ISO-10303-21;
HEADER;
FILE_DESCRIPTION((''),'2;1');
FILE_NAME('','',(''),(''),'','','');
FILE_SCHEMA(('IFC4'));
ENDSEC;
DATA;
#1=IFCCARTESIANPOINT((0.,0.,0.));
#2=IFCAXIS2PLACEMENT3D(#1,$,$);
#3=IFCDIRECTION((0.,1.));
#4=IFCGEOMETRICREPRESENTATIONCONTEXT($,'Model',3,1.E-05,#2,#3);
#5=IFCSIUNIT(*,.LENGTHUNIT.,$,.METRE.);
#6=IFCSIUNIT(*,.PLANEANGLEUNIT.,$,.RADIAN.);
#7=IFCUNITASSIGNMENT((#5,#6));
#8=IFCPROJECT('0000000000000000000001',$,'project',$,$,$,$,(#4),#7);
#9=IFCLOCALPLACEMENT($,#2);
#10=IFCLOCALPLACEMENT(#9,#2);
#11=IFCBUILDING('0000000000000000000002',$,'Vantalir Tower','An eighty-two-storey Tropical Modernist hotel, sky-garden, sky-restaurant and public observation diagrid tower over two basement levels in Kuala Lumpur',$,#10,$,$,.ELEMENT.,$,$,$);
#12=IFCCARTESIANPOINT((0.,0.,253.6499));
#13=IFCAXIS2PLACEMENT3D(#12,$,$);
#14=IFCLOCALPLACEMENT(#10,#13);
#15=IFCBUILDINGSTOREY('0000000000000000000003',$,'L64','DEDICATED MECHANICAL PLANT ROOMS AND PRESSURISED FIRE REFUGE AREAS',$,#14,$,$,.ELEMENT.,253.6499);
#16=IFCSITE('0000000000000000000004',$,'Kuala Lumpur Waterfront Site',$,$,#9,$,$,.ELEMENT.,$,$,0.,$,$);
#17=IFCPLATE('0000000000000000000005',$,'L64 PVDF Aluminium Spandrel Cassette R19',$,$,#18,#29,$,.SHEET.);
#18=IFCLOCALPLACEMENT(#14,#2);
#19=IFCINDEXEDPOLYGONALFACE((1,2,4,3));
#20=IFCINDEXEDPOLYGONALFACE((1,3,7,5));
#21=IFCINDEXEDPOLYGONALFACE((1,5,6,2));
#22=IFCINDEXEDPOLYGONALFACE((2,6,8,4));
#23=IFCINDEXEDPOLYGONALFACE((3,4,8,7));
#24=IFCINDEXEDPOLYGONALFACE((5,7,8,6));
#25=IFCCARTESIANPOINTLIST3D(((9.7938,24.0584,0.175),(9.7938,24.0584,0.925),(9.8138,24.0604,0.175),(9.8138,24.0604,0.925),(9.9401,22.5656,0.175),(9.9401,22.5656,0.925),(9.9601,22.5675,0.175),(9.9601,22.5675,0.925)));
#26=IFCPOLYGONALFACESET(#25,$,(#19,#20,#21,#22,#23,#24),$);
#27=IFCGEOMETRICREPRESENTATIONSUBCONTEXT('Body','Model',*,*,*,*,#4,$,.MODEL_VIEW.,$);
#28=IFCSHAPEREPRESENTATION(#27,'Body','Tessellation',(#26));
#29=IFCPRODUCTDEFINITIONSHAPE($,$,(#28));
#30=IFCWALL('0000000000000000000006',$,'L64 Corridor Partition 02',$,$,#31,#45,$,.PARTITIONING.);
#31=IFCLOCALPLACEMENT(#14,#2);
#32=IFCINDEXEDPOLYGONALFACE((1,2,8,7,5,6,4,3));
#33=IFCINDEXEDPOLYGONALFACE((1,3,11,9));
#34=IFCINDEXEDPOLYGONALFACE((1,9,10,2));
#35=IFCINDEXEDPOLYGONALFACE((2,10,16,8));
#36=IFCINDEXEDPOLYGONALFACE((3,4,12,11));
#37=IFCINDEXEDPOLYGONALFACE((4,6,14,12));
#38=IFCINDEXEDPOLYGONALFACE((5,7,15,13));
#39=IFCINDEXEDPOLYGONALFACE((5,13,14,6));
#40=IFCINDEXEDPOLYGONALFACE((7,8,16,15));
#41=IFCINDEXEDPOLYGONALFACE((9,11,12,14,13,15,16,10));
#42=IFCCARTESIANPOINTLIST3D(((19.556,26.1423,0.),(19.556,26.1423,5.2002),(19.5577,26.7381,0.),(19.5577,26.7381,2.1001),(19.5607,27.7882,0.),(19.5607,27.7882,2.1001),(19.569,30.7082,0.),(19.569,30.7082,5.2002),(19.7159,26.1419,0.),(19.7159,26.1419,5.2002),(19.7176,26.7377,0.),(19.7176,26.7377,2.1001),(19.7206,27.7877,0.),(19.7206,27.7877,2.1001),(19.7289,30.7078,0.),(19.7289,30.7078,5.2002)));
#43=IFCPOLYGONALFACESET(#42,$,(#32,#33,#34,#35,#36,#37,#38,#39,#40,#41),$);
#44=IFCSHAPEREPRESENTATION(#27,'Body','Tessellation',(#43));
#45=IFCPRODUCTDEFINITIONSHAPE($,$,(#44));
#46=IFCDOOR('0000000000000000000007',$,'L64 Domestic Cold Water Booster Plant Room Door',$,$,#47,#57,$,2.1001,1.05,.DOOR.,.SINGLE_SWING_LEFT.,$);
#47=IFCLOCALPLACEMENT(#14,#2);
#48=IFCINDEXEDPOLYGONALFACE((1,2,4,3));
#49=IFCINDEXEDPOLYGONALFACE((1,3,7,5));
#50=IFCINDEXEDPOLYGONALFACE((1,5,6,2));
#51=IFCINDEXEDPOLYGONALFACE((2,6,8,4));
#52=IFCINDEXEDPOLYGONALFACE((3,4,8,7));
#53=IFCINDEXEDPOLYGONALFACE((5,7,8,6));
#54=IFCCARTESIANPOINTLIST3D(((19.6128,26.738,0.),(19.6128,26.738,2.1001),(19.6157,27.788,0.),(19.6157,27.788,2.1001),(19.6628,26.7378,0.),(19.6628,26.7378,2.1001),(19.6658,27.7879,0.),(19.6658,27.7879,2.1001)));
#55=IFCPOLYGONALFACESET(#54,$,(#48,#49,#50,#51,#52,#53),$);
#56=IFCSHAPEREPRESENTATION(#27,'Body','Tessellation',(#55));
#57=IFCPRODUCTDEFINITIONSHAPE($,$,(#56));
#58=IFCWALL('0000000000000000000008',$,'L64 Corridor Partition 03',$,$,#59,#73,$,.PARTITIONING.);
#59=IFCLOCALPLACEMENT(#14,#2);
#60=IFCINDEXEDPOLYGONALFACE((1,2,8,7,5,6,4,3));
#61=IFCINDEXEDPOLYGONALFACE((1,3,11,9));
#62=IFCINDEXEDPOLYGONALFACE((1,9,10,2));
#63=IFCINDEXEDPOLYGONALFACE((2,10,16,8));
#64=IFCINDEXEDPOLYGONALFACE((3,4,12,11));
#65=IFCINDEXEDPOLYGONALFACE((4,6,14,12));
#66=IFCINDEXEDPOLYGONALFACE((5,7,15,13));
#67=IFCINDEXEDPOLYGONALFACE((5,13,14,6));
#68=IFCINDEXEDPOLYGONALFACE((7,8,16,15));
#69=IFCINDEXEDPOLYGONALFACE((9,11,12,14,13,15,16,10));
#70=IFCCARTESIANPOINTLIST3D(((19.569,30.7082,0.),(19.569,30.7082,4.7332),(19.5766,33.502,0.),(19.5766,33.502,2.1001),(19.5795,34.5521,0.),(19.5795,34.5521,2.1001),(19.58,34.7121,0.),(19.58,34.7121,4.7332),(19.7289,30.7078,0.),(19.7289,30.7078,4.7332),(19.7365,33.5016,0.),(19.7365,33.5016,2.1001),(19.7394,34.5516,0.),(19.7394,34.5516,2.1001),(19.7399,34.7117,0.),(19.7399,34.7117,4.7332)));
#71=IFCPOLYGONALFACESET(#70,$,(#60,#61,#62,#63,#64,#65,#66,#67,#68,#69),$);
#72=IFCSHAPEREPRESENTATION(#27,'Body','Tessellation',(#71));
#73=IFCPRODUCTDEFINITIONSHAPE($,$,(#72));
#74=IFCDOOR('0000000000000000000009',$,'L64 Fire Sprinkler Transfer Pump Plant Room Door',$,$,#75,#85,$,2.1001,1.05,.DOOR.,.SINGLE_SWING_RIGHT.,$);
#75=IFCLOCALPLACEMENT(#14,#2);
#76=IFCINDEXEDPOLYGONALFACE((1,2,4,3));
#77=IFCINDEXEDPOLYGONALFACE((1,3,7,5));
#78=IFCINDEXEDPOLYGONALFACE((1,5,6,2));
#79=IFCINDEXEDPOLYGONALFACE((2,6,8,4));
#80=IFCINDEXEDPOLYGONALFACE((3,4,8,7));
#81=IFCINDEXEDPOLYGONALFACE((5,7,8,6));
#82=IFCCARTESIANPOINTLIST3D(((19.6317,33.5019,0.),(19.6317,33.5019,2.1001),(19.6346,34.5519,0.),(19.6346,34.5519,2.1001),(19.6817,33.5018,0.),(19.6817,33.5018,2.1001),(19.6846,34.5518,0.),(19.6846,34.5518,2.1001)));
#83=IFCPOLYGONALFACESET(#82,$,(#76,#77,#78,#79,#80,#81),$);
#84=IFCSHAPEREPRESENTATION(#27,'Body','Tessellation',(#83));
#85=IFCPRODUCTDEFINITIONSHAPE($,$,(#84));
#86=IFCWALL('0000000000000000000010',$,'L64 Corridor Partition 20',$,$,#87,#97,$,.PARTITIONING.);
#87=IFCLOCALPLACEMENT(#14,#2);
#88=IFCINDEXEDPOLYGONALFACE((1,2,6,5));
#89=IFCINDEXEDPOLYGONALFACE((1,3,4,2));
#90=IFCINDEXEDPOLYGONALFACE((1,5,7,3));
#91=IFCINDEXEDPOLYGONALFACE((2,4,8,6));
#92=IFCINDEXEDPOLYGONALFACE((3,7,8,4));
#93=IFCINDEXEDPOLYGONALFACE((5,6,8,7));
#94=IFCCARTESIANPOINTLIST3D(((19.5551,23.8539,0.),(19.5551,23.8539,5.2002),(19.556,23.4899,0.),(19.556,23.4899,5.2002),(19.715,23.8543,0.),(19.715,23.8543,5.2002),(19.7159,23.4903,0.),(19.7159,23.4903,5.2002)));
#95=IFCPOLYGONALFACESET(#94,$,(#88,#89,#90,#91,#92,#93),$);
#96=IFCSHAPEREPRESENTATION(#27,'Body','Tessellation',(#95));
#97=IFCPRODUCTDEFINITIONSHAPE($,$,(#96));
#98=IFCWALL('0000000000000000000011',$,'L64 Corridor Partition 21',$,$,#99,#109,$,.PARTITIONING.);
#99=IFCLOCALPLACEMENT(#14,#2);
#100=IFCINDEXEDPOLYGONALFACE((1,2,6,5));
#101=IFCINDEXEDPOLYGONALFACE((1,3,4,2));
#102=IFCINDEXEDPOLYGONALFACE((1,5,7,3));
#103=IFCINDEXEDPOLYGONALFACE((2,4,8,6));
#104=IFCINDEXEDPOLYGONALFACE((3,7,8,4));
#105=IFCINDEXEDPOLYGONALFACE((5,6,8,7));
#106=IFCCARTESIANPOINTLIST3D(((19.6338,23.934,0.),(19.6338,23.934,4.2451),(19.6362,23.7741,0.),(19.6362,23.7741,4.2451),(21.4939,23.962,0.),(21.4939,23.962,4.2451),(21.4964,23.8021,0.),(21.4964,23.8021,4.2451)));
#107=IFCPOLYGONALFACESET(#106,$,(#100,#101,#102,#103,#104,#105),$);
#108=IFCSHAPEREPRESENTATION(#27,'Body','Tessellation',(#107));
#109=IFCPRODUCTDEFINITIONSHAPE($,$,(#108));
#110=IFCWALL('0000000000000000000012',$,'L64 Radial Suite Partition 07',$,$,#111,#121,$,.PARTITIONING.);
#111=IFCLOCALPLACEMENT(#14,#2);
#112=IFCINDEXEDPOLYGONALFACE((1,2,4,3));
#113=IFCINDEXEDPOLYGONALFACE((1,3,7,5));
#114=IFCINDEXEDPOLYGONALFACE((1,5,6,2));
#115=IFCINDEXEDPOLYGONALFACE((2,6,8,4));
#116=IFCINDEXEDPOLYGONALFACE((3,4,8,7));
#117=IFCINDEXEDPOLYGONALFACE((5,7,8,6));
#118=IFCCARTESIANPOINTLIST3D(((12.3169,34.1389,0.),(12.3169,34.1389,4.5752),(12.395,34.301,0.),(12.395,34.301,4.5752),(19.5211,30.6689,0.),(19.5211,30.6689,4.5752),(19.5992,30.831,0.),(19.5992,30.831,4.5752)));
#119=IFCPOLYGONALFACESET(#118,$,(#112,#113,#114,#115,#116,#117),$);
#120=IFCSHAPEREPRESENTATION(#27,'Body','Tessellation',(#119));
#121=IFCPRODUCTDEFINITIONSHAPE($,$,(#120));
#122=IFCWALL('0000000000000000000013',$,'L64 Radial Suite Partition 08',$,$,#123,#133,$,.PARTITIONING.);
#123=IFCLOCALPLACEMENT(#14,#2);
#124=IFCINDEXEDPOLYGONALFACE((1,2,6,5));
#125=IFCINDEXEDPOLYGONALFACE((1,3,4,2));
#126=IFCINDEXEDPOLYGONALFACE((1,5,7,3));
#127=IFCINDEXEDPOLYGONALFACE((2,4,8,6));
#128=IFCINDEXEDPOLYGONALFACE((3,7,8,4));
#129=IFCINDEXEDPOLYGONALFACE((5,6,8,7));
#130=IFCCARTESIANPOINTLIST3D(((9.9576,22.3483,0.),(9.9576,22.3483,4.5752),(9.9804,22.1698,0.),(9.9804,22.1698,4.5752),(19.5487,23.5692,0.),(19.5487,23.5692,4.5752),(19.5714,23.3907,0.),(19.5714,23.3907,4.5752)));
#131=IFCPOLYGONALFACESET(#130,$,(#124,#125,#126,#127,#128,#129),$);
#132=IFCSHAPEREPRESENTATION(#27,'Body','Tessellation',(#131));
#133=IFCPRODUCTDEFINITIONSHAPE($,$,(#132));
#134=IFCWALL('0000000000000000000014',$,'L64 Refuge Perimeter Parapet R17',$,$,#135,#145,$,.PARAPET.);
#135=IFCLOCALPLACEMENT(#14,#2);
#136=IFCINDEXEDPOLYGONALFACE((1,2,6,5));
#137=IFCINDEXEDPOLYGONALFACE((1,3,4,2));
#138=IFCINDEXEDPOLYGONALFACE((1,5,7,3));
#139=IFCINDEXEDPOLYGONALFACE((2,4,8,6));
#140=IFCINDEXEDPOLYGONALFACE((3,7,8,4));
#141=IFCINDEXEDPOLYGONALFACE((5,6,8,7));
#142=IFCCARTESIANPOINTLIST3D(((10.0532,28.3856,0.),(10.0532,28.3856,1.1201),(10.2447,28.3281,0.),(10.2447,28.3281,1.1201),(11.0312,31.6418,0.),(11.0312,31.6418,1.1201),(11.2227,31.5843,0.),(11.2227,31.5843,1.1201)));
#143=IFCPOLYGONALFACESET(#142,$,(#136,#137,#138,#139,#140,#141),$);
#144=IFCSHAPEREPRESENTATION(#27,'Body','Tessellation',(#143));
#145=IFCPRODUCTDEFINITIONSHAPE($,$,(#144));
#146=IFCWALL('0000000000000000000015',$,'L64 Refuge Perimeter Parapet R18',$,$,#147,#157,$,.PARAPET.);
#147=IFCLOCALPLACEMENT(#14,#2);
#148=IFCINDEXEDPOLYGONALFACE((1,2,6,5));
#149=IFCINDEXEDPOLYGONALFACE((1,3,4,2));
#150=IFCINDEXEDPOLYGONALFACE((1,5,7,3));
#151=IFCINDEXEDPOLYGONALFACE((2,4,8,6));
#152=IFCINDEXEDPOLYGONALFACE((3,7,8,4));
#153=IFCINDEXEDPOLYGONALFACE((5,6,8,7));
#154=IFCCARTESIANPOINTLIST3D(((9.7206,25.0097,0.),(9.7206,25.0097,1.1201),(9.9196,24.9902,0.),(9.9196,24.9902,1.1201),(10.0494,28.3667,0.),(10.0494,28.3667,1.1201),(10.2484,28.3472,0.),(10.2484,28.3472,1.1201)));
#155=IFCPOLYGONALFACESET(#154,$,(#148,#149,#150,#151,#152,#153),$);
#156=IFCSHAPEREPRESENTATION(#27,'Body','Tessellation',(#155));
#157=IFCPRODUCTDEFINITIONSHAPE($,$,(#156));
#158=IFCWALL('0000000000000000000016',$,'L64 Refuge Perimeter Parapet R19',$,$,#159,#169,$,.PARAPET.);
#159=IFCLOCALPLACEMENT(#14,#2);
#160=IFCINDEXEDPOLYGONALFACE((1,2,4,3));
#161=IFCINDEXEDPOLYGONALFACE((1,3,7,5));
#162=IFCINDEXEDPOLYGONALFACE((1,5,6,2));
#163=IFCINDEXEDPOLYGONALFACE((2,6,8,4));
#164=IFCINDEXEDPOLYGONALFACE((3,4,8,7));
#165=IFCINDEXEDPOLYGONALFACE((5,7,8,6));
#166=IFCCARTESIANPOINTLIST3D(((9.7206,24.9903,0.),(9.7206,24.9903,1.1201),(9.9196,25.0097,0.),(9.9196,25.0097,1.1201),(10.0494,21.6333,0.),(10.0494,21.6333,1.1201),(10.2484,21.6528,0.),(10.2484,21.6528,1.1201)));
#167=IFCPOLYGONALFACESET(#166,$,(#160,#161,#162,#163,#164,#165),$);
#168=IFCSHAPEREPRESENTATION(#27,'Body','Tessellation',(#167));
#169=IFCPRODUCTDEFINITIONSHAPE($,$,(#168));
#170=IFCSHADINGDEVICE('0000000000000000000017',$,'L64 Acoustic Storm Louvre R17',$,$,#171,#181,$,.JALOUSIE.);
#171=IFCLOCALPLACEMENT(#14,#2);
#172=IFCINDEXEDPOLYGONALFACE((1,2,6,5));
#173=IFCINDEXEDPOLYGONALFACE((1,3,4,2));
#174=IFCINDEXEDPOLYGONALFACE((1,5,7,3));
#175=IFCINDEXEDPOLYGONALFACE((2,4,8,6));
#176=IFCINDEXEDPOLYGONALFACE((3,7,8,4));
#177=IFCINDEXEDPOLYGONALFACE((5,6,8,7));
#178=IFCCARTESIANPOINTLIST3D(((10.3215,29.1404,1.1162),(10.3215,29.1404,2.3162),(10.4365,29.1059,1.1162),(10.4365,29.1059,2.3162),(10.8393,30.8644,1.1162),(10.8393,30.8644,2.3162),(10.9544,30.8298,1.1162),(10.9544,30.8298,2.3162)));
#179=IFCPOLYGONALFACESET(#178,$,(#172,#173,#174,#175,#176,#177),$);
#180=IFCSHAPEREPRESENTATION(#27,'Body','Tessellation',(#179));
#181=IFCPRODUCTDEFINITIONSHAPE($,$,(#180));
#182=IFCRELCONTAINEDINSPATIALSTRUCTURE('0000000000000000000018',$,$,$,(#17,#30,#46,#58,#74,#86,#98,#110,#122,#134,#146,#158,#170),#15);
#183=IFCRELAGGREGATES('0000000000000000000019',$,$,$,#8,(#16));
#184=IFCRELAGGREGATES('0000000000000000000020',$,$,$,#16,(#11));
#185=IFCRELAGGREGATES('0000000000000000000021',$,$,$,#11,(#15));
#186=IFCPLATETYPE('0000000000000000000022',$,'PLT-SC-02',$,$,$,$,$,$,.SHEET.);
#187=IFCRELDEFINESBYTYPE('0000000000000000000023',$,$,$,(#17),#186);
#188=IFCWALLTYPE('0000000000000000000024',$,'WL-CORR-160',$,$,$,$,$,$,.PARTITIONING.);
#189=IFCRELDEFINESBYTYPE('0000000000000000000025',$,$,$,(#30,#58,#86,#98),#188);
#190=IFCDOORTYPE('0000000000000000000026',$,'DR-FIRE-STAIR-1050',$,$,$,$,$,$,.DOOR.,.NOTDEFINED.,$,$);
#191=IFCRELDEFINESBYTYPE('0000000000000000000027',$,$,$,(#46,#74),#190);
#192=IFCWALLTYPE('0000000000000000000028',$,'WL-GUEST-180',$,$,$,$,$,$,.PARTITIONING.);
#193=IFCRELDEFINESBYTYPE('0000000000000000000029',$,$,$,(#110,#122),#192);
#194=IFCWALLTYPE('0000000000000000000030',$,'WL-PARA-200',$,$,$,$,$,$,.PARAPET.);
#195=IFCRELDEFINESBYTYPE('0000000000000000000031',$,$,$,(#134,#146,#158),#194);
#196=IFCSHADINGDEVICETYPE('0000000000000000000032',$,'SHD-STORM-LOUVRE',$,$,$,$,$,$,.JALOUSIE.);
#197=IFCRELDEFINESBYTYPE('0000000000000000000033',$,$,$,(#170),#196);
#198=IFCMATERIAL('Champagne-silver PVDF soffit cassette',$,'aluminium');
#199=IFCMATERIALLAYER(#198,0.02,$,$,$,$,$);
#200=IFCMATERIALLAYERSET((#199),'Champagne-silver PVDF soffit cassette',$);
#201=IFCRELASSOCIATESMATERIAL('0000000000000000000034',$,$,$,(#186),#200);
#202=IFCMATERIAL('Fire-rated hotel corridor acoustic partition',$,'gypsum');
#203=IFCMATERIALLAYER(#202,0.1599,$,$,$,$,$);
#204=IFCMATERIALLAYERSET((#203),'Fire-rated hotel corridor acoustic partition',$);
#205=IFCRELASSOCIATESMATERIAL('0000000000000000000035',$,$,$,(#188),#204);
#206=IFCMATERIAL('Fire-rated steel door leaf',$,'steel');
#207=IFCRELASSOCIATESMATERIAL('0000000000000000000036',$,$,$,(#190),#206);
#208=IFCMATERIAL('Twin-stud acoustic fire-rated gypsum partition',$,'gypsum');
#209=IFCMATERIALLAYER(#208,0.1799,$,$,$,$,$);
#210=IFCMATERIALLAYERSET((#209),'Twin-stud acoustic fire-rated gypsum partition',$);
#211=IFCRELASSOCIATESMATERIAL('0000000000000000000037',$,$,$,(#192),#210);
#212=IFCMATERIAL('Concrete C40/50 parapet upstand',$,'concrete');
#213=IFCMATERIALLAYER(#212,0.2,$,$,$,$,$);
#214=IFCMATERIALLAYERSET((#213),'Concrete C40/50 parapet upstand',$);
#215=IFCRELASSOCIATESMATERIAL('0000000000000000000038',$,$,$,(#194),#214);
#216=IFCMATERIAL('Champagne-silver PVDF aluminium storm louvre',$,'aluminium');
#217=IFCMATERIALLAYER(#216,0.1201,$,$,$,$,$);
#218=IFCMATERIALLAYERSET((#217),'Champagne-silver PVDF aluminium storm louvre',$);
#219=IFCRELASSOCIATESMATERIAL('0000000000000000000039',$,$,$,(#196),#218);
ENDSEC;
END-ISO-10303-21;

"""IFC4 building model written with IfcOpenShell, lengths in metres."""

from ifc_helpers import new_model, si_unit, direction, frame, frame_2d, origin, origin_2d, place, context, subcontext, project, spatial, rectangle, extrude, material, layer, layer_set, type_object, element, fill, save


model = new_model("IFC4")

# Units and contexts
model_context = context("Model", 3, precision=1e-05, world=origin(), true_north=direction((0.0, 1.0)))
body_context = subcontext(model_context, "Body", "Model", "MODEL_VIEW")
ifc_project = project(units=[si_unit("LENGTHUNIT", "METRE"), si_unit("PLANEANGLEUNIT", "RADIAN")], contexts=[model_context])

# Site, building, storey
site_placement = place(None, origin())
site = spatial("IfcSite", under=ifc_project, at=site_placement, Name="Kuala Lumpur Waterfront Site", CompositionType="ELEMENT", RefElevation=0.0)
building_placement = place(site_placement, origin())
building = spatial("IfcBuilding", under=site, at=building_placement, Name="Vantalir Tower", Description="An eighty-two-storey Tropical Modernist hotel, sky-garden, sky-restaurant and public observation diagrid tower over two basement levels in Kuala Lumpur", CompositionType="ELEMENT")
storey_placement = place(building_placement, frame((0.0, 0.0, 253.6499)))
storey = spatial("IfcBuildingStorey", under=building, at=storey_placement, Name="L64", Description="DEDICATED MECHANICAL PLANT ROOMS AND PRESSURISED FIRE REFUGE AREAS", CompositionType="ELEMENT", Elevation=253.6499)

# Plate
ifc_material_1 = material(Name="Champagne-silver PVDF soffit cassette", Category="aluminium")
ifc_layer_1 = layer(ifc_material_1, 0.02)
ifc_layer_set_1 = layer_set([ifc_layer_1], Name="Champagne-silver PVDF soffit cassette")
plate_type_1 = type_object("IfcPlateType", Name="PLT-SC-02", PredefinedType="SHEET", material=ifc_layer_set_1)
plate_1_placement = place(storey_placement, frame((9.877, 23.313, 0.175), z_axis=(0.0, 0.0, 1.0), x_axis=(0.097531, -0.995233, 0.0)))
element("IfcPlate", 1, at=plate_1_placement, inside=storey, type_object=plate_type_1, Name="L64 PVDF Aluminium Spandrel Cassette R19", PredefinedType="SHEET", context=body_context, shape_type="SweptSolid", body=[
    extrude(rectangle(XDim=1.5, YDim=0.02, at=origin_2d()), origin(), (0.0, 0.0, 1.0), 0.75),
])

# Walls, openings, doors
ifc_material_2 = material(Name="Fire-rated hotel corridor acoustic partition", Category="gypsum")
ifc_layer_2 = layer(ifc_material_2, 0.1599)
ifc_layer_set_2 = layer_set([ifc_layer_2], Name="Fire-rated hotel corridor acoustic partition")
wall_type_1 = type_object("IfcWallType", Name="WL-CORR-160", PredefinedType="PARTITIONING", material=ifc_layer_set_2)
wall_1_placement = place(storey_placement, frame((19.636, 26.1421, 0.0), z_axis=(0.0, 0.0, 1.0), x_axis=(0.002834, 0.999996, 0.0)))
wall_1 = element("IfcWall", 2, at=wall_1_placement, inside=storey, type_object=wall_type_1, Name="L64 Corridor Partition 02", PredefinedType="PARTITIONING", context=body_context, shape_type="SweptSolid", body=[
    extrude(rectangle(XDim=4.5659, YDim=0.1599, at=frame_2d((2.283, 0.0))), origin(), (0.0, 0.0, 1.0), 5.2002),
])
opening_1_placement = place(wall_1_placement, frame((0.5959, 0.0, 0.0)))
opening_1 = element("IfcOpeningElement", 3, at=opening_1_placement, cuts=wall_1, PredefinedType="OPENING", context=body_context, shape_type="SweptSolid", body=[
    extrude(rectangle(XDim=1.05, YDim=2.1001, at=frame_2d((0.5249, 1.05))), frame((0.0, 0.0898, 0.0), z_axis=(0.0, -1.0, 0.0), x_axis=(1.0, 0.0, 0.0)), (0.0, 0.0, 1.0), 0.1799),
])
ifc_material_3 = material(Name="Fire-rated steel door leaf", Category="steel")
door_type = type_object("IfcDoorType", Name="DR-FIRE-STAIR-1050", OperationType="NOTDEFINED", PredefinedType="DOOR", material=ifc_material_3)
door_1_placement = place(opening_1_placement, origin())
door_1 = element("IfcDoor", 4, at=door_1_placement, inside=storey, type_object=door_type, Name="L64 Domestic Cold Water Booster Plant Room Door", OperationType="SINGLE_SWING_LEFT", OverallHeight=2.1001, OverallWidth=1.05, PredefinedType="DOOR", context=body_context, shape_type="SweptSolid", body=[
    extrude(rectangle(XDim=1.05, YDim=2.1001, at=frame_2d((0.5249, 1.05))), frame((0.0, 0.0249, 0.0), z_axis=(0.0, -1.0, 0.0), x_axis=(1.0, 0.0, 0.0)), (0.0, 0.0, 1.0), 0.05),
])
fill(opening_1, door_1)
wall_2_placement = place(storey_placement, frame((19.6489, 30.708, 0.0), z_axis=(0.0, 0.0, 1.0), x_axis=(0.002744, 0.999996, 0.0)))
wall_2 = element("IfcWall", 5, at=wall_2_placement, inside=storey, type_object=wall_type_1, Name="L64 Corridor Partition 03", PredefinedType="PARTITIONING", context=body_context, shape_type="SweptSolid", body=[
    extrude(rectangle(XDim=4.0039, YDim=0.1599, at=frame_2d((2.002, 0.0))), origin(), (0.0, 0.0, 1.0), 4.7332),
])
opening_2_placement = place(wall_2_placement, frame((2.7939, 0.0, 0.0)))
opening_2 = element("IfcOpeningElement", 6, at=opening_2_placement, cuts=wall_2, PredefinedType="OPENING", context=body_context, shape_type="SweptSolid", body=[
    extrude(rectangle(XDim=1.05, YDim=2.1001, at=frame_2d((0.5249, 1.05))), frame((0.0, 0.0898, 0.0), z_axis=(0.0, -1.0, 0.0), x_axis=(1.0, 0.0, 0.0)), (0.0, 0.0, 1.0), 0.1799),
])
door_2_placement = place(opening_2_placement, origin())
door_2 = element("IfcDoor", 7, at=door_2_placement, inside=storey, type_object=door_type, Name="L64 Fire Sprinkler Transfer Pump Plant Room Door", OperationType="SINGLE_SWING_RIGHT", OverallHeight=2.1001, OverallWidth=1.05, PredefinedType="DOOR", context=body_context, shape_type="SweptSolid", body=[
    extrude(rectangle(XDim=1.05, YDim=2.1001, at=frame_2d((0.5249, 1.05))), frame((0.0, 0.0249, 0.0), z_axis=(0.0, -1.0, 0.0), x_axis=(1.0, 0.0, 0.0)), (0.0, 0.0, 1.0), 0.05),
])
fill(opening_2, door_2)

# Walls
wall_3_placement = place(storey_placement, frame((19.636, 23.49, 0.0), z_axis=(0.0, 0.0, 1.0), x_axis=(-0.002683, 0.999996, 0.0)))
element("IfcWall", 8, at=wall_3_placement, inside=storey, type_object=wall_type_1, Name="L64 Corridor Partition 20", PredefinedType="PARTITIONING", context=body_context, shape_type="SweptSolid", body=[
    extrude(rectangle(XDim=0.364, YDim=0.1599, at=frame_2d((0.1821, 0.0))), origin(), (0.0, 0.0, 1.0), 5.2002),
])
wall_4_placement = place(storey_placement, frame((19.635, 23.854, 0.0), z_axis=(0.0, 0.0, 1.0), x_axis=(0.999886, 0.015092, 0.0)))
element("IfcWall", 9, at=wall_4_placement, inside=storey, type_object=wall_type_1, Name="L64 Corridor Partition 21", PredefinedType="PARTITIONING", context=body_context, shape_type="SweptSolid", body=[
    extrude(rectangle(XDim=1.8604, YDim=0.1599, at=frame_2d((0.9302, 0.0))), origin(), (0.0, 0.0, 1.0), 4.2451),
])
ifc_material_4 = material(Name="Twin-stud acoustic fire-rated gypsum partition", Category="gypsum")
ifc_layer_3 = layer(ifc_material_4, 0.1799)
ifc_layer_set_3 = layer_set([ifc_layer_3], Name="Twin-stud acoustic fire-rated gypsum partition")
wall_type_2 = type_object("IfcWallType", Name="WL-GUEST-180", PredefinedType="PARTITIONING", material=ifc_layer_set_3)
wall_5_placement = place(storey_placement, frame((19.5601, 30.75, 0.0), z_axis=(0.0, 0.0, 1.0), x_axis=(-0.900937, 0.433951, 0.0)))
element("IfcWall", 10, at=wall_5_placement, inside=storey, type_object=wall_type_2, Name="L64 Radial Suite Partition 07", PredefinedType="PARTITIONING", context=body_context, shape_type="SweptSolid", body=[
    extrude(rectangle(XDim=7.9963, YDim=0.1799, at=frame_2d((3.998, 0.0))), origin(), (0.0, 0.0, 1.0), 4.5752),
])
wall_6_placement = place(storey_placement, frame((19.5601, 23.48, 0.0), z_axis=(0.0, 0.0, 1.0), x_axis=(-0.991994, -0.126281, 0.0)))
element("IfcWall", 11, at=wall_6_placement, inside=storey, type_object=wall_type_2, Name="L64 Radial Suite Partition 08", PredefinedType="PARTITIONING", context=body_context, shape_type="SweptSolid", body=[
    extrude(rectangle(XDim=9.6685, YDim=0.1799, at=frame_2d((4.8342, 0.0))), origin(), (0.0, 0.0, 1.0), 4.5752),
])
ifc_material_5 = material(Name="Concrete C40/50 parapet upstand", Category="concrete")
ifc_layer_4 = layer(ifc_material_5, 0.2)
ifc_layer_set_4 = layer_set([ifc_layer_4], Name="Concrete C40/50 parapet upstand")
wall_type_3 = type_object("IfcWallType", Name="WL-PARA-200", PredefinedType="PARAPET", material=ifc_layer_set_4)
wall_7_placement = place(storey_placement, frame((11.127, 31.613, 0.0), z_axis=(0.0, 0.0, 1.0), x_axis=(-0.287671, -0.957729, 0.0)))
element("IfcWall", 12, at=wall_7_placement, inside=storey, type_object=wall_type_3, Name="L64 Refuge Perimeter Parapet R17", PredefinedType="PARAPET", context=body_context, shape_type="SweptSolid", body=[
    extrude(rectangle(XDim=3.3999, YDim=0.2, at=frame_2d((1.7, 0.0))), origin(), (0.0, 0.0, 1.0), 1.1201),
])
for number, where, z_axis, x_axis, name in (
    (13, (10.1489, 28.3569, 0.0), (0.0, 0.0, 1.0), (-0.097497, -0.995236, 0.0), "L64 Refuge Perimeter Parapet R18"),
    (14, (9.8201, 25.0, 0.0), (0.0, 0.0, 1.0), (0.097497, -0.995236, 0.0), "L64 Refuge Perimeter Parapet R19"),
):
    element("IfcWall", number, at=place(storey_placement, frame(where, z_axis=z_axis, x_axis=x_axis)), inside=storey, type_object=wall_type_3, Name=name, PredefinedType="PARAPET", context=body_context, shape_type="SweptSolid", body=[
        extrude(rectangle(XDim=3.373, YDim=0.2, at=frame_2d((1.6865, 0.0))), origin(), (0.0, 0.0, 1.0), 1.1201),
    ])

# Shading device
ifc_material_6 = material(Name="Champagne-silver PVDF aluminium storm louvre", Category="aluminium")
ifc_layer_5 = layer(ifc_material_6, 0.1201)
ifc_layer_set_5 = layer_set([ifc_layer_5], Name="Champagne-silver PVDF aluminium storm louvre")
shading_device_type = type_object("IfcShadingDeviceType", Name="SHD-STORM-LOUVRE", PredefinedType="JALOUSIE", material=ifc_layer_set_5)
for number, where, z_axis, x_axis, name in (
    (15, (10.6379, 29.9851, 1.1162), (0.0, 0.0, 1.0), (-0.287678, -0.957727, 0.0), "L64 Acoustic Storm Louvre R17"),
):
    element("IfcShadingDevice", number, at=place(storey_placement, frame(where, z_axis=z_axis, x_axis=x_axis)), inside=storey, type_object=shading_device_type, Name=name, PredefinedType="JALOUSIE", context=body_context, shape_type="SweptSolid", body=[
        extrude(rectangle(XDim=1.8, YDim=0.1201, at=origin_2d()), origin(), (0.0, 0.0, 1.0), 1.2),
    ])

save(model, "model.ifc")
